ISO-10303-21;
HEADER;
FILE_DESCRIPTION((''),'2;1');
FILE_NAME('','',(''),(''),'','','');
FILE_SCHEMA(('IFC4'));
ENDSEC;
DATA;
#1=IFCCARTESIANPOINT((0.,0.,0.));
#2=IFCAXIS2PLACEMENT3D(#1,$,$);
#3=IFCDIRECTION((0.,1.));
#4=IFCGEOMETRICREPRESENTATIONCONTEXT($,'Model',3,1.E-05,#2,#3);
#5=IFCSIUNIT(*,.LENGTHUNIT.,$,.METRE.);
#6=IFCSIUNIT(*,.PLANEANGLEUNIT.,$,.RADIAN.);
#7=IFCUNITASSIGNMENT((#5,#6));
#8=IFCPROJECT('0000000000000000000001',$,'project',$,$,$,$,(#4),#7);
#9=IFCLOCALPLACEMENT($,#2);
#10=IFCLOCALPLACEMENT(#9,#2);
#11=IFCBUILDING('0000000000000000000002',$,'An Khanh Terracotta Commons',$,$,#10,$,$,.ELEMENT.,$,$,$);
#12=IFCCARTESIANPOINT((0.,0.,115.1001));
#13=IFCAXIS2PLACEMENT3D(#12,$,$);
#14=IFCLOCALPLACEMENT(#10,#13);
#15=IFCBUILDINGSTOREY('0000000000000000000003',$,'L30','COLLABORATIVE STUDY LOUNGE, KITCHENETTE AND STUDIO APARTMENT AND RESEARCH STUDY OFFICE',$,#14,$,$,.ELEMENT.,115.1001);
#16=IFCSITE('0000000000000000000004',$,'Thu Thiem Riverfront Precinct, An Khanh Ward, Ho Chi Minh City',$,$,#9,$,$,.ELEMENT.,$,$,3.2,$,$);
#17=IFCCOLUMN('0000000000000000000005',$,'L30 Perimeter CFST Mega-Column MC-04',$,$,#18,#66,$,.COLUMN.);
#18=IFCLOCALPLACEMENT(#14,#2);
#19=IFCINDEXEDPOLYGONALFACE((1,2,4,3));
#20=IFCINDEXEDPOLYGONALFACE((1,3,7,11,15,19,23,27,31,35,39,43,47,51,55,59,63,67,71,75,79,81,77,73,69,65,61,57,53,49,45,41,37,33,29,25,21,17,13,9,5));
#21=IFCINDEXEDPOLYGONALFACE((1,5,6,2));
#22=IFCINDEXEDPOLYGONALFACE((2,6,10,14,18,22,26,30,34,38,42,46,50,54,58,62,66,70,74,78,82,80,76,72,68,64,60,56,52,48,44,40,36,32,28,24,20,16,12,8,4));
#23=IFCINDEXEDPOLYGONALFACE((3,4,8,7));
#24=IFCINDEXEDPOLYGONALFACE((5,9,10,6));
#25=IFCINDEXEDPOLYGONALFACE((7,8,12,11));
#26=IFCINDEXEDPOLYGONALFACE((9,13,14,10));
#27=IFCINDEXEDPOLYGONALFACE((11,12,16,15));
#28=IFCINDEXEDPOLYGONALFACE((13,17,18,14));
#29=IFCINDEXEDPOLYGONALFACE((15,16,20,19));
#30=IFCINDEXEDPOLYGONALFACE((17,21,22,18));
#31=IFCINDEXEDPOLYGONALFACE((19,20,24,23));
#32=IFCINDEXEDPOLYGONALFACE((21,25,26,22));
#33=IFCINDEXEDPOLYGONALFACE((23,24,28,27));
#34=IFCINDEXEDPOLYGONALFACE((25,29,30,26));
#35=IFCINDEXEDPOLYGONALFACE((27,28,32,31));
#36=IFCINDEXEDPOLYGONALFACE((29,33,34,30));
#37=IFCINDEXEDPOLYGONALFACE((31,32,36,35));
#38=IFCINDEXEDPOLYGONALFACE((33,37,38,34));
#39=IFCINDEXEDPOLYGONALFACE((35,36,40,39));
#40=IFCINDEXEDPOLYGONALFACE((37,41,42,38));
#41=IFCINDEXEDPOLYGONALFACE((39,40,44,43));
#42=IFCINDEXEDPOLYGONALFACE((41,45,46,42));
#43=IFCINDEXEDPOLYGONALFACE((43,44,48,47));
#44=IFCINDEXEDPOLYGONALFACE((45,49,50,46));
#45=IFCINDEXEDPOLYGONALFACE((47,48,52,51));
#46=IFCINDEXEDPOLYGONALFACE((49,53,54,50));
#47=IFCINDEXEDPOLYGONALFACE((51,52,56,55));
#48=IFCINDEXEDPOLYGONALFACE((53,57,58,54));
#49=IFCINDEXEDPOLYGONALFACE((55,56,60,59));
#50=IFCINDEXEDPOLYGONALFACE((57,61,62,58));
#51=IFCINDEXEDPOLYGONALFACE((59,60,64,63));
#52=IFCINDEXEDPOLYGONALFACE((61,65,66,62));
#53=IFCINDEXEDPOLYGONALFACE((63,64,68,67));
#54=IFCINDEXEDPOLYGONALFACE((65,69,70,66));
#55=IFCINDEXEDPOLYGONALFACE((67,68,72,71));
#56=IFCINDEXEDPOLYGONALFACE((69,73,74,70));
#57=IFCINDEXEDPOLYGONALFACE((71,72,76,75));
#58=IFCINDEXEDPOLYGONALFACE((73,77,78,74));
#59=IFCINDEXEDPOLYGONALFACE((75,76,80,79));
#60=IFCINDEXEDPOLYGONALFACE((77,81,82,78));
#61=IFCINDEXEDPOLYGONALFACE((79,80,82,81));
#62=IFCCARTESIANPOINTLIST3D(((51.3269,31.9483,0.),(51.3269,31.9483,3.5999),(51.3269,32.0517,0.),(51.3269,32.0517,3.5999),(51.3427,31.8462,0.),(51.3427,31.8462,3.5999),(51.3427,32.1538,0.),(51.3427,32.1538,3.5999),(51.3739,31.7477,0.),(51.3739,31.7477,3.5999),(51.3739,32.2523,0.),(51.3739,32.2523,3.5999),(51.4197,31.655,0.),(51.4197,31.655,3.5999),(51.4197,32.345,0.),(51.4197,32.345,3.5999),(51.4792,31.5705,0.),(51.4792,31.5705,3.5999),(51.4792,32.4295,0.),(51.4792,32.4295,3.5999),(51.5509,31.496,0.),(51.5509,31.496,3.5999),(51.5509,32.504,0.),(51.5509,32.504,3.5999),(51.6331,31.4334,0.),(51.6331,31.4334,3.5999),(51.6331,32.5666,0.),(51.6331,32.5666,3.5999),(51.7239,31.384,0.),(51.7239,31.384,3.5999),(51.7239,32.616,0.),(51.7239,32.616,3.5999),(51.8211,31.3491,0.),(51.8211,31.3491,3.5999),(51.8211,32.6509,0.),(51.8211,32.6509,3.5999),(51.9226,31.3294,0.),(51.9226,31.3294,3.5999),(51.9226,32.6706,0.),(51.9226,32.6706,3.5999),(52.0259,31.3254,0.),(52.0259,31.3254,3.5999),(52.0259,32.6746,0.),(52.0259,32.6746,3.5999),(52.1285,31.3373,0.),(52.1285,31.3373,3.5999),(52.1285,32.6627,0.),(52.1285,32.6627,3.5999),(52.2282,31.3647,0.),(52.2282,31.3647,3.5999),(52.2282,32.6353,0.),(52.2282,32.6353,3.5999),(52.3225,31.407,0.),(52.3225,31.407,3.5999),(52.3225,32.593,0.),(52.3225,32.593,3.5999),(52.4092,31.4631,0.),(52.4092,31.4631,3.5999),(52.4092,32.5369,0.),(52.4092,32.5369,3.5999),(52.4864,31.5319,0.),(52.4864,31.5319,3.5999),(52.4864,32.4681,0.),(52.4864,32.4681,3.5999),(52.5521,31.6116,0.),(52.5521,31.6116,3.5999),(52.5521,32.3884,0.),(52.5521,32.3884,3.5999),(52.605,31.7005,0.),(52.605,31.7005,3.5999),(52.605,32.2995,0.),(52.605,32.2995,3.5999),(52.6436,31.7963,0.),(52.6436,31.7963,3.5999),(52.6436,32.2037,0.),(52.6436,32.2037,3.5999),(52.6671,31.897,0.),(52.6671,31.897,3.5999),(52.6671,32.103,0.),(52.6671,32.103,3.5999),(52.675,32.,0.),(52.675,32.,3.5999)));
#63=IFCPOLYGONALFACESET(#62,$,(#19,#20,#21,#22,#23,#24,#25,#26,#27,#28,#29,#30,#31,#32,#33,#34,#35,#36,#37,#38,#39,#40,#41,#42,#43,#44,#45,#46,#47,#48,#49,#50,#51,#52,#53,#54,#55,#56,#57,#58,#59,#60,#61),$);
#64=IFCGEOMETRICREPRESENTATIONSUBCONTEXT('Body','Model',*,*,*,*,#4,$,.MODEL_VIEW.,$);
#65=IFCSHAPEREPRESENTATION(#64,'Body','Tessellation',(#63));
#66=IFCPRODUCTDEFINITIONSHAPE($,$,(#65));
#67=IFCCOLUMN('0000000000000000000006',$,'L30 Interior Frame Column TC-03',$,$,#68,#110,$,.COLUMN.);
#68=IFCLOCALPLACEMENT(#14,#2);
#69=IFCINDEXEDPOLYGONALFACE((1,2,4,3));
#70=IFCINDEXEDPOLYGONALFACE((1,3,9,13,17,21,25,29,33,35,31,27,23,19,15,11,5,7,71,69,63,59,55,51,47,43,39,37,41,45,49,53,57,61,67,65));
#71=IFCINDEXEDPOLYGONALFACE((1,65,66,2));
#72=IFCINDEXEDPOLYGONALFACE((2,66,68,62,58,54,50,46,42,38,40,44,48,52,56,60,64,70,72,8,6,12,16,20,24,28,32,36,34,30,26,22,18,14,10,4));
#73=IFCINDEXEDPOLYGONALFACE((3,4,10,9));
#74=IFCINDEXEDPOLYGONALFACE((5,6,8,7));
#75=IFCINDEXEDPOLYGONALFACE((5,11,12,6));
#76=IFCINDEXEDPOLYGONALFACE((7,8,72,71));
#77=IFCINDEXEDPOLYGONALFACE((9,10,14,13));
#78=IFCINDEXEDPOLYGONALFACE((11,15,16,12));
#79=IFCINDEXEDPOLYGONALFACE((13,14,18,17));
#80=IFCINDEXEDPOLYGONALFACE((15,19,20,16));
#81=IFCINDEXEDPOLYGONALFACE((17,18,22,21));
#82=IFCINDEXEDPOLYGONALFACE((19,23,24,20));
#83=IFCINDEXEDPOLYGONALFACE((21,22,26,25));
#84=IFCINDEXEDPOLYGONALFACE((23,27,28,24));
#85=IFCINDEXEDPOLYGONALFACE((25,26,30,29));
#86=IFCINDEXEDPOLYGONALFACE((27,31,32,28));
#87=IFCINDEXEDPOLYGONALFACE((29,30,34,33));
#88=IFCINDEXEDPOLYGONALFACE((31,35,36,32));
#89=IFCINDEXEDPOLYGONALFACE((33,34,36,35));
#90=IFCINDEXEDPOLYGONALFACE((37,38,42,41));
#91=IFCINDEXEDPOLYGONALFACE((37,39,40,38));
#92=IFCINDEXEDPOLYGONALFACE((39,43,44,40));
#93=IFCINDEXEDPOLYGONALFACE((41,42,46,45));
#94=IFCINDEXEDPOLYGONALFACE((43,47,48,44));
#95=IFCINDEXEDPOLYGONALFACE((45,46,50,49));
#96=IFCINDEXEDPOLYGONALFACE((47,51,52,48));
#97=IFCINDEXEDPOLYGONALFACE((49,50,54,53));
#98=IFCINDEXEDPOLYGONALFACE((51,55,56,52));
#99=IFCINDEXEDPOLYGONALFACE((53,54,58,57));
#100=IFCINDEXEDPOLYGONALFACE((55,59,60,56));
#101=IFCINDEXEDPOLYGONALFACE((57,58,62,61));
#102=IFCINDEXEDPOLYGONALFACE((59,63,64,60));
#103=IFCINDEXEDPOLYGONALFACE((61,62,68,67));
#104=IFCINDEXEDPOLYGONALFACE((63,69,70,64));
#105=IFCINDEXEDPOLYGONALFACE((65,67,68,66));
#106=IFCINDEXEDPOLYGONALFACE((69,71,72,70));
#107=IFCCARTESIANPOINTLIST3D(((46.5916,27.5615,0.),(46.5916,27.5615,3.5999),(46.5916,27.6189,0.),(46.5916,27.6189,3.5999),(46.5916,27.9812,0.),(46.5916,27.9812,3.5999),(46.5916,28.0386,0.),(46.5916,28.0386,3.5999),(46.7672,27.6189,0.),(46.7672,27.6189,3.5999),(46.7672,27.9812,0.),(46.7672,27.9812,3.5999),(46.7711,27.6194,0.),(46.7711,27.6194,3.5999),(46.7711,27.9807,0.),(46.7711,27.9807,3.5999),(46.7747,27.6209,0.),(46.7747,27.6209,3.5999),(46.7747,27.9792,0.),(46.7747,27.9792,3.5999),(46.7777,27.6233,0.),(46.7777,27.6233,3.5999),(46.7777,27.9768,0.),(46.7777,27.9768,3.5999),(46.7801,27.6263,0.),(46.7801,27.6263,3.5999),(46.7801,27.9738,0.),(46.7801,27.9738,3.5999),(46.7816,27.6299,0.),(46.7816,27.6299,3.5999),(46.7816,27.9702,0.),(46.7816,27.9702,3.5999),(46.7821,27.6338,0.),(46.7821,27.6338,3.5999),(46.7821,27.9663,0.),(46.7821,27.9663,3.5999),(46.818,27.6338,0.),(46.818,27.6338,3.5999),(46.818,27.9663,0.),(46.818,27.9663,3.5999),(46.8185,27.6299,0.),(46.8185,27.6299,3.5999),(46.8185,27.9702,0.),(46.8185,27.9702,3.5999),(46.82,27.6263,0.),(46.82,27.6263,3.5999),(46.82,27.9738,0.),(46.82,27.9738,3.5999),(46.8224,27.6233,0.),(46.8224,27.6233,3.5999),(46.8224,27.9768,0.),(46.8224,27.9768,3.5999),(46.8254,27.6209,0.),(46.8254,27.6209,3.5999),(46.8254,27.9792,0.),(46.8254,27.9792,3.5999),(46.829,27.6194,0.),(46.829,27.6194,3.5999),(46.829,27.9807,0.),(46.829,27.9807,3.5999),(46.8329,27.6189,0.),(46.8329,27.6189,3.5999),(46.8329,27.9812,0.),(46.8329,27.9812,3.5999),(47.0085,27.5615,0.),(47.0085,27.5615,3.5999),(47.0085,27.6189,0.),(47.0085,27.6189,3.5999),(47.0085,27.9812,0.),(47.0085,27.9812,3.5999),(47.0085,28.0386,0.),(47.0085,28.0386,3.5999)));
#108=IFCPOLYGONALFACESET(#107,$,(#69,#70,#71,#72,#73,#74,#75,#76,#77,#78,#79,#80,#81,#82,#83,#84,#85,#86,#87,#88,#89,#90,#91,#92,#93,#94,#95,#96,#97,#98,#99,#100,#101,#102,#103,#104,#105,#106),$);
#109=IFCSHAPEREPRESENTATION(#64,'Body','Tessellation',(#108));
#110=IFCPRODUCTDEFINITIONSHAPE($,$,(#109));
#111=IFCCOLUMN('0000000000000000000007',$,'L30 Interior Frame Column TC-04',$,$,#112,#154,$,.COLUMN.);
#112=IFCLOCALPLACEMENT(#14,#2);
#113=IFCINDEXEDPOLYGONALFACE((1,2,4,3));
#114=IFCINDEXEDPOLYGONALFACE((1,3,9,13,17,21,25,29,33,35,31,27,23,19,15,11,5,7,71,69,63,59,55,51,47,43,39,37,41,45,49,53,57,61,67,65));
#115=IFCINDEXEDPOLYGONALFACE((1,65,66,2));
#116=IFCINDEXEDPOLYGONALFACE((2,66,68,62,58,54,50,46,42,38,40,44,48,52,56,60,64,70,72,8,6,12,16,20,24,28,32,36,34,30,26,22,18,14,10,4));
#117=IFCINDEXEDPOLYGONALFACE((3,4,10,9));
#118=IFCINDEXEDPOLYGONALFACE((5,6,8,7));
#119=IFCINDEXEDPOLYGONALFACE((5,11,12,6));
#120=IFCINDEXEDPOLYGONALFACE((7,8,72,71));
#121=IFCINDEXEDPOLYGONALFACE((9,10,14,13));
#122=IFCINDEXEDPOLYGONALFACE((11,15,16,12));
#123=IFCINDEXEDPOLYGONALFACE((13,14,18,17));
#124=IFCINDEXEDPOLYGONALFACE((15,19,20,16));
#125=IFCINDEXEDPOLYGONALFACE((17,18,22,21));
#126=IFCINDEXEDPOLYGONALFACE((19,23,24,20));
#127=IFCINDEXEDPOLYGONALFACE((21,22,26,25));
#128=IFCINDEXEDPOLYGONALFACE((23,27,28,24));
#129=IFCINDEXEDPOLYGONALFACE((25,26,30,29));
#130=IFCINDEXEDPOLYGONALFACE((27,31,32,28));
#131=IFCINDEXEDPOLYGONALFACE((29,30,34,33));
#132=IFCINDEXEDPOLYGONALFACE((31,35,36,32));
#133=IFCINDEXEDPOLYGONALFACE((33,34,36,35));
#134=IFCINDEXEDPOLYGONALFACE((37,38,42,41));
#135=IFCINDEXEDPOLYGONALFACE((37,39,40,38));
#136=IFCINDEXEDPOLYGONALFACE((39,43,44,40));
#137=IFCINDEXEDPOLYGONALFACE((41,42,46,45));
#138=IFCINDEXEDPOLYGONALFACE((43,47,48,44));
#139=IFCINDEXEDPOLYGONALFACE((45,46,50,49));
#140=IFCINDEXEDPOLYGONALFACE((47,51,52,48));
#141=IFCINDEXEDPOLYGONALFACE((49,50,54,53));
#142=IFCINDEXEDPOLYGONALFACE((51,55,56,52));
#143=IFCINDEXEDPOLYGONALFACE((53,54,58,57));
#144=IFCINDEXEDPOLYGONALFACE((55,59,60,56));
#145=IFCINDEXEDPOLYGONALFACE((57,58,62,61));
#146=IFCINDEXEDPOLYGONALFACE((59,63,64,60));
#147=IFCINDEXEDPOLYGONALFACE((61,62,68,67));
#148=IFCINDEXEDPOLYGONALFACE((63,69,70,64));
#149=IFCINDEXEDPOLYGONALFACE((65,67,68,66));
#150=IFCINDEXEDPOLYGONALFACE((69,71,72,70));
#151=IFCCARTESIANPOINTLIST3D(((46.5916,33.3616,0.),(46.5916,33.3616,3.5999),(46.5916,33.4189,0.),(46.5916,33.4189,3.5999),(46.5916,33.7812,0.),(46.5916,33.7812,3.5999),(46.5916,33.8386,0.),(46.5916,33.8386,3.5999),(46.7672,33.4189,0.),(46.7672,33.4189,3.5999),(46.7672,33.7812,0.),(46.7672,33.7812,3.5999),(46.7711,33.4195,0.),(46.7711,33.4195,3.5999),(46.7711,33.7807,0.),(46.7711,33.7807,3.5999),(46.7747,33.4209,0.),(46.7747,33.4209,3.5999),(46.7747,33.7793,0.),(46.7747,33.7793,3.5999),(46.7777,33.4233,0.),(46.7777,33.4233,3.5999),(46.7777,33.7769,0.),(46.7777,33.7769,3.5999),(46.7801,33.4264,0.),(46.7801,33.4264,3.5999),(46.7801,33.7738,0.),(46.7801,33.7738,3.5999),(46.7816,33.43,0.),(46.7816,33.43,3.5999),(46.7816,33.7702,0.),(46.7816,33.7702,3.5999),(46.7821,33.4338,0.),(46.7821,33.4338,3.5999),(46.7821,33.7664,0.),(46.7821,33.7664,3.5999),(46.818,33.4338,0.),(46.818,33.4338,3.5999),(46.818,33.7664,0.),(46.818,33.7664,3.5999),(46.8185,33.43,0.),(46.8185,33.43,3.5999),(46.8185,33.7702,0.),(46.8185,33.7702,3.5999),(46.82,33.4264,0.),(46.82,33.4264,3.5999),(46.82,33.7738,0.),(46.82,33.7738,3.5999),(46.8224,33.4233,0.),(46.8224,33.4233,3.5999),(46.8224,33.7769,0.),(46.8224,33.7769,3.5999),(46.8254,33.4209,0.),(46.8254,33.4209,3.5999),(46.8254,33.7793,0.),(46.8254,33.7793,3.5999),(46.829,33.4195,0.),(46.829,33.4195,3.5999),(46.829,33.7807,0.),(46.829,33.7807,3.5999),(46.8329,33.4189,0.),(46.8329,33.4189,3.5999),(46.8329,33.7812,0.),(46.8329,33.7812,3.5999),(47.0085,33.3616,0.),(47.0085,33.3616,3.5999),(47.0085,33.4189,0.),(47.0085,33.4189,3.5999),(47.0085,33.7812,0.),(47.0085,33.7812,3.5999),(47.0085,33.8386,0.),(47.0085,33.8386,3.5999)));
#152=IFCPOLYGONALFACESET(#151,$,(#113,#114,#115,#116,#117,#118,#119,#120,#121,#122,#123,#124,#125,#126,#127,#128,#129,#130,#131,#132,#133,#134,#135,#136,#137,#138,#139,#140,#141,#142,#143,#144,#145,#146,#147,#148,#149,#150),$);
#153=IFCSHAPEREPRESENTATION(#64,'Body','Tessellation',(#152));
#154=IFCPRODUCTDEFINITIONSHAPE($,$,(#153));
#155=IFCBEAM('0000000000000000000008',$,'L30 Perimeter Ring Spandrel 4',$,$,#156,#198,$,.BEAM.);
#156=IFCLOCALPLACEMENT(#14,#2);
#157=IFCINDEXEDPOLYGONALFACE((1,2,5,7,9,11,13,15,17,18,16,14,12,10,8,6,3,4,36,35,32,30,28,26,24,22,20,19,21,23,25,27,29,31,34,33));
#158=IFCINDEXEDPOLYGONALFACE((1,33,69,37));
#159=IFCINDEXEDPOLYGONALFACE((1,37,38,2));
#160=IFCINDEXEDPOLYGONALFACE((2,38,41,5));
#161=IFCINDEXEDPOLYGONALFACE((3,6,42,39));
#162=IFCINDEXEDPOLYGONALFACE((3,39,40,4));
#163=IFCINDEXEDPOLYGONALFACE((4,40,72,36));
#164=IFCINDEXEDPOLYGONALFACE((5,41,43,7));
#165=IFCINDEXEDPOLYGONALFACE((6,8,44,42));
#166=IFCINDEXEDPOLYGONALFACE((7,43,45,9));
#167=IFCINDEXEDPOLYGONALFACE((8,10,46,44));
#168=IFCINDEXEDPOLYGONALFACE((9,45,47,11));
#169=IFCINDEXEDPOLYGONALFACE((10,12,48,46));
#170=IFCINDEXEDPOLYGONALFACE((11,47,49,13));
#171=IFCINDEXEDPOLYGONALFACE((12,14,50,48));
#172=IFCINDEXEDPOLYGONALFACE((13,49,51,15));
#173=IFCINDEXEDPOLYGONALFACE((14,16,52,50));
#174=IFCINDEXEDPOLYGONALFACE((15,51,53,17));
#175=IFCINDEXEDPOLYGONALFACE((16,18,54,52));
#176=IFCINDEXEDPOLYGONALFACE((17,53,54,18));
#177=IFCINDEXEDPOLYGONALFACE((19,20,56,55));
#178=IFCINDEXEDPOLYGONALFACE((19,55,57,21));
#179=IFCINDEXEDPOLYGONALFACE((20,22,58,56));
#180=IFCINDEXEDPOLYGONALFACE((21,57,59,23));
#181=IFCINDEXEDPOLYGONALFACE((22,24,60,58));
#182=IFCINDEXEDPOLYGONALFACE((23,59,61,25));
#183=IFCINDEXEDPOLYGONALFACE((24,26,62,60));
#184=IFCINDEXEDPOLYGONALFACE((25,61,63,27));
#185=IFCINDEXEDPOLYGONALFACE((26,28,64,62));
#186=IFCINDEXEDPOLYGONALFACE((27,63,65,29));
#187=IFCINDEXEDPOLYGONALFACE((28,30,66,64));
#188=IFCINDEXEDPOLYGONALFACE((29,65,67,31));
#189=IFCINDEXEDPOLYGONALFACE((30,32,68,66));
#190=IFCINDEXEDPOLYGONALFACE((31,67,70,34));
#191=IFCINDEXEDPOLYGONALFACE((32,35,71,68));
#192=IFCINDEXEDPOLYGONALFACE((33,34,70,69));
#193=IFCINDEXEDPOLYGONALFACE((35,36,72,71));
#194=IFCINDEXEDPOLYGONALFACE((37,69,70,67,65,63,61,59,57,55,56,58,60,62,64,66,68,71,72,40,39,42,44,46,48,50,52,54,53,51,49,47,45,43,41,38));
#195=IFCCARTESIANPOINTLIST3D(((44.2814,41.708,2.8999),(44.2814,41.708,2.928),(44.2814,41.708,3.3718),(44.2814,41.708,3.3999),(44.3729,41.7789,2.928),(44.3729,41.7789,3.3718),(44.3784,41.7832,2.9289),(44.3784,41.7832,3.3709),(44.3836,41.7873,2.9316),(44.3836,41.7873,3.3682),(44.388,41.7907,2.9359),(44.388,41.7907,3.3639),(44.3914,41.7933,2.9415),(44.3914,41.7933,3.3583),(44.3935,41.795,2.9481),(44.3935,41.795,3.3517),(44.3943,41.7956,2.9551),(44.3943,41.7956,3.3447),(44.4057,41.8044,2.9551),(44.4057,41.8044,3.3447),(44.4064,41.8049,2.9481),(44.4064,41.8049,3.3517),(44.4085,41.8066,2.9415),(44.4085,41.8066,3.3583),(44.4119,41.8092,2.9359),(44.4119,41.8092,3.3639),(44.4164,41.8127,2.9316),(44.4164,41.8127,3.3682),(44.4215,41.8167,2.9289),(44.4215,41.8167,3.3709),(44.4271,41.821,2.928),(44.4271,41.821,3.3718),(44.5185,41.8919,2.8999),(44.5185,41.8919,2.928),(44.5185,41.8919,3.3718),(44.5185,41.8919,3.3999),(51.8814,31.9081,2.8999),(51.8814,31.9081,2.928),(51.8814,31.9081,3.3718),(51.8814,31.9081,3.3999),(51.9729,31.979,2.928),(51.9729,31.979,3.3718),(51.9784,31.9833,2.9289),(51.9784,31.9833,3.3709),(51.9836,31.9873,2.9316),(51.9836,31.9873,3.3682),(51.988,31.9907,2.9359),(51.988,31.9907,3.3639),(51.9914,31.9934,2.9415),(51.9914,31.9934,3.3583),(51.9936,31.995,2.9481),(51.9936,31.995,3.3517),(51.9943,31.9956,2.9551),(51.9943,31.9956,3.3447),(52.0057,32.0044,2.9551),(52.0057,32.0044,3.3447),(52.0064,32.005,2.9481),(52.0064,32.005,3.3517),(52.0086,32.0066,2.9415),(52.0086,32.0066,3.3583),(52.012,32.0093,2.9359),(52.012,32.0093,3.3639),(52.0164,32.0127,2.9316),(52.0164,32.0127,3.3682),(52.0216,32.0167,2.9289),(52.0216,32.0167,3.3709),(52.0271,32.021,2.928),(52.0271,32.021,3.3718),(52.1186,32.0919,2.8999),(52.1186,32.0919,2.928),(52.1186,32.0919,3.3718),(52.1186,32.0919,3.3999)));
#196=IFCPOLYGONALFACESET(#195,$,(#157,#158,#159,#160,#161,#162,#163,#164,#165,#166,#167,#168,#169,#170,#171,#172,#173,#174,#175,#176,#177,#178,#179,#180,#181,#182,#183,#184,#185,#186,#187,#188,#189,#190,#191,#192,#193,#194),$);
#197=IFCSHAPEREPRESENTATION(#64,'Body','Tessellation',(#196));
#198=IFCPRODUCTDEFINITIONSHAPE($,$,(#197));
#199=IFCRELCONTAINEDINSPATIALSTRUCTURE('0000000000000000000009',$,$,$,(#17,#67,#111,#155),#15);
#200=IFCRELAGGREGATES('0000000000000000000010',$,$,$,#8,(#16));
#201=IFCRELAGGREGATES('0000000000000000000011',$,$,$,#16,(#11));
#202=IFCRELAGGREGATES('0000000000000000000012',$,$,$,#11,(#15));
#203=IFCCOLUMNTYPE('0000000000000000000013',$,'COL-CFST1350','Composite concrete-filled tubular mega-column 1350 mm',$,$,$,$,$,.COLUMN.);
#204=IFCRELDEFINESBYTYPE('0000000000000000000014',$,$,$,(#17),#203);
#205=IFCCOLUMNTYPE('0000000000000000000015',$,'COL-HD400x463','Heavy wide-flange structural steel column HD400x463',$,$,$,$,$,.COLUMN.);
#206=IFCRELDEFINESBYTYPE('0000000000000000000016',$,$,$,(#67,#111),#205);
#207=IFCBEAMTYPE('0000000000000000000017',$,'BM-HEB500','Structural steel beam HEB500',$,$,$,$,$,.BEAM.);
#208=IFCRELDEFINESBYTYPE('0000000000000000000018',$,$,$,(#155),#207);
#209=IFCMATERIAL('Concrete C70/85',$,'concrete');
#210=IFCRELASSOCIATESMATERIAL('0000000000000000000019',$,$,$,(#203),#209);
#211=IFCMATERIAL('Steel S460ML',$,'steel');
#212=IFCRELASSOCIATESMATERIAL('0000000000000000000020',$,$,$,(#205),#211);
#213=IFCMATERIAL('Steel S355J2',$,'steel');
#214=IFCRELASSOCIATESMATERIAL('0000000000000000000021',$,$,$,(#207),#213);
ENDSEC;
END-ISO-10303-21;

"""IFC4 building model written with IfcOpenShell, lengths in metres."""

from ifc_helpers import new_model, si_unit, direction, frame, origin, origin_2d, place, context, subcontext, project, spatial, circle, i_section, extrude, material, material_profile, profile_set, type_object, element, save


model = new_model("IFC4")

# Units and contexts
model_context = context("Model", 3, precision=1e-05, world=origin(), true_north=direction((0.0, 1.0)))
body_context = subcontext(model_context, "Body", "Model", "MODEL_VIEW")
ifc_project = project(units=[si_unit("LENGTHUNIT", "METRE"), si_unit("PLANEANGLEUNIT", "RADIAN")], contexts=[model_context])

# Site, building, storey
site_placement = place(None, origin())
site = spatial("IfcSite", under=ifc_project, at=site_placement, Name="Thu Thiem Riverfront Precinct, An Khanh Ward, Ho Chi Minh City", CompositionType="ELEMENT", RefElevation=3.2)
building_placement = place(site_placement, origin())
building = spatial("IfcBuilding", under=site, at=building_placement, Name="An Khanh Terracotta Commons", CompositionType="ELEMENT")
storey_placement = place(building_placement, frame((0.0, 0.0, 115.1001)))
storey = spatial("IfcBuildingStorey", under=building, at=storey_placement, Name="L30", Description="COLLABORATIVE STUDY LOUNGE, KITCHENETTE AND STUDIO APARTMENT AND RESEARCH STUDY OFFICE", CompositionType="ELEMENT", Elevation=115.1001)

# Columns
ifc_material_1 = material(Name="Concrete C70/85", Category="concrete")
ifc_material_profile_1 = material_profile(ifc_material_1, circle(Radius=0.675, at=origin_2d()), Name="CFST1350")
ifc_profile_set_1 = profile_set([ifc_material_profile_1], Name="Concrete C70/85")
column_type_1 = type_object("IfcColumnType", Name="COL-CFST1350", Description="Composite concrete-filled tubular mega-column 1350 mm", PredefinedType="COLUMN", material=ifc_profile_set_1)
column_placement = place(storey_placement, frame((52.0, 32.0, 0.0), z_axis=(0.0, 0.0, 1.0), x_axis=(1.0, 0.0, 0.0)))
element("IfcColumn", 1, at=column_placement, inside=storey, type_object=column_type_1, Name="L30 Perimeter CFST Mega-Column MC-04", PredefinedType="COLUMN", context=body_context, shape_type="SweptSolid", body=[
    extrude(circle(Radius=0.675, at=origin_2d()), origin(), (0.0, 0.0, 1.0), 3.5999),
])
ifc_material_2 = material(Name="Steel S460ML", Category="steel")
ifc_material_profile_2 = material_profile(ifc_material_2, i_section(OverallWidth=0.417, OverallDepth=0.4771, WebThickness=0.0359, FlangeThickness=0.0574, FilletRadius=0.0149, at=origin_2d()), Name="HD400x463")
ifc_profile_set_2 = profile_set([ifc_material_profile_2], Name="Steel S460ML")
column_type_2 = type_object("IfcColumnType", Name="COL-HD400x463", Description="Heavy wide-flange structural steel column HD400x463", PredefinedType="COLUMN", material=ifc_profile_set_2)
for number, where, z_axis, x_axis, name in (
    (2, (46.8, 27.8, 0.0), (0.0, 0.0, 1.0), (1.0, 0.0, 0.0), "L30 Interior Frame Column TC-03"),
    (3, (46.8, 33.6001, 0.0), (0.0, 0.0, 1.0), (1.0, 0.0, 0.0), "L30 Interior Frame Column TC-04"),
):
    element("IfcColumn", number, at=place(storey_placement, frame(where, z_axis=z_axis, x_axis=x_axis)), inside=storey, type_object=column_type_2, Name=name, PredefinedType="COLUMN", context=body_context, shape_type="SweptSolid", body=[
        extrude(i_section(OverallWidth=0.417, OverallDepth=0.4771, WebThickness=0.0359, FlangeThickness=0.0574, FilletRadius=0.0149, at=origin_2d()), origin(), (0.0, 0.0, 1.0), 3.5999),
    ])

# Beam
ifc_material_3 = material(Name="Steel S355J2", Category="steel")
ifc_material_profile_3 = material_profile(ifc_material_3, i_section(OverallWidth=0.3, OverallDepth=0.5, WebThickness=0.0144, FlangeThickness=0.0281, FilletRadius=0.0271, at=origin_2d()), Name="HEB500")
ifc_profile_set_3 = profile_set([ifc_material_profile_3], Name="Steel S355J2")
beam_type_1 = type_object("IfcBeamType", Name="BM-HEB500", Description="Structural steel beam HEB500", PredefinedType="BEAM", material=ifc_profile_set_3)
beam_1_placement = place(storey_placement, frame((52.0, 32.0, 3.1499), z_axis=(-0.612827, 0.790217, 0.0), x_axis=(-0.790217, -0.612827, 0.0)))
element("IfcBeam", 4, at=beam_1_placement, inside=storey, type_object=beam_type_1, Name="L30 Perimeter Ring Spandrel 4", PredefinedType="BEAM", context=body_context, shape_type="SweptSolid", body=[
    extrude(i_section(OverallWidth=0.3, OverallDepth=0.5, WebThickness=0.0144, FlangeThickness=0.0281, FilletRadius=0.0271, at=origin_2d()), origin(), (0.0, 0.0, 1.0), 12.4016),
])

save(model, "model.ifc")
